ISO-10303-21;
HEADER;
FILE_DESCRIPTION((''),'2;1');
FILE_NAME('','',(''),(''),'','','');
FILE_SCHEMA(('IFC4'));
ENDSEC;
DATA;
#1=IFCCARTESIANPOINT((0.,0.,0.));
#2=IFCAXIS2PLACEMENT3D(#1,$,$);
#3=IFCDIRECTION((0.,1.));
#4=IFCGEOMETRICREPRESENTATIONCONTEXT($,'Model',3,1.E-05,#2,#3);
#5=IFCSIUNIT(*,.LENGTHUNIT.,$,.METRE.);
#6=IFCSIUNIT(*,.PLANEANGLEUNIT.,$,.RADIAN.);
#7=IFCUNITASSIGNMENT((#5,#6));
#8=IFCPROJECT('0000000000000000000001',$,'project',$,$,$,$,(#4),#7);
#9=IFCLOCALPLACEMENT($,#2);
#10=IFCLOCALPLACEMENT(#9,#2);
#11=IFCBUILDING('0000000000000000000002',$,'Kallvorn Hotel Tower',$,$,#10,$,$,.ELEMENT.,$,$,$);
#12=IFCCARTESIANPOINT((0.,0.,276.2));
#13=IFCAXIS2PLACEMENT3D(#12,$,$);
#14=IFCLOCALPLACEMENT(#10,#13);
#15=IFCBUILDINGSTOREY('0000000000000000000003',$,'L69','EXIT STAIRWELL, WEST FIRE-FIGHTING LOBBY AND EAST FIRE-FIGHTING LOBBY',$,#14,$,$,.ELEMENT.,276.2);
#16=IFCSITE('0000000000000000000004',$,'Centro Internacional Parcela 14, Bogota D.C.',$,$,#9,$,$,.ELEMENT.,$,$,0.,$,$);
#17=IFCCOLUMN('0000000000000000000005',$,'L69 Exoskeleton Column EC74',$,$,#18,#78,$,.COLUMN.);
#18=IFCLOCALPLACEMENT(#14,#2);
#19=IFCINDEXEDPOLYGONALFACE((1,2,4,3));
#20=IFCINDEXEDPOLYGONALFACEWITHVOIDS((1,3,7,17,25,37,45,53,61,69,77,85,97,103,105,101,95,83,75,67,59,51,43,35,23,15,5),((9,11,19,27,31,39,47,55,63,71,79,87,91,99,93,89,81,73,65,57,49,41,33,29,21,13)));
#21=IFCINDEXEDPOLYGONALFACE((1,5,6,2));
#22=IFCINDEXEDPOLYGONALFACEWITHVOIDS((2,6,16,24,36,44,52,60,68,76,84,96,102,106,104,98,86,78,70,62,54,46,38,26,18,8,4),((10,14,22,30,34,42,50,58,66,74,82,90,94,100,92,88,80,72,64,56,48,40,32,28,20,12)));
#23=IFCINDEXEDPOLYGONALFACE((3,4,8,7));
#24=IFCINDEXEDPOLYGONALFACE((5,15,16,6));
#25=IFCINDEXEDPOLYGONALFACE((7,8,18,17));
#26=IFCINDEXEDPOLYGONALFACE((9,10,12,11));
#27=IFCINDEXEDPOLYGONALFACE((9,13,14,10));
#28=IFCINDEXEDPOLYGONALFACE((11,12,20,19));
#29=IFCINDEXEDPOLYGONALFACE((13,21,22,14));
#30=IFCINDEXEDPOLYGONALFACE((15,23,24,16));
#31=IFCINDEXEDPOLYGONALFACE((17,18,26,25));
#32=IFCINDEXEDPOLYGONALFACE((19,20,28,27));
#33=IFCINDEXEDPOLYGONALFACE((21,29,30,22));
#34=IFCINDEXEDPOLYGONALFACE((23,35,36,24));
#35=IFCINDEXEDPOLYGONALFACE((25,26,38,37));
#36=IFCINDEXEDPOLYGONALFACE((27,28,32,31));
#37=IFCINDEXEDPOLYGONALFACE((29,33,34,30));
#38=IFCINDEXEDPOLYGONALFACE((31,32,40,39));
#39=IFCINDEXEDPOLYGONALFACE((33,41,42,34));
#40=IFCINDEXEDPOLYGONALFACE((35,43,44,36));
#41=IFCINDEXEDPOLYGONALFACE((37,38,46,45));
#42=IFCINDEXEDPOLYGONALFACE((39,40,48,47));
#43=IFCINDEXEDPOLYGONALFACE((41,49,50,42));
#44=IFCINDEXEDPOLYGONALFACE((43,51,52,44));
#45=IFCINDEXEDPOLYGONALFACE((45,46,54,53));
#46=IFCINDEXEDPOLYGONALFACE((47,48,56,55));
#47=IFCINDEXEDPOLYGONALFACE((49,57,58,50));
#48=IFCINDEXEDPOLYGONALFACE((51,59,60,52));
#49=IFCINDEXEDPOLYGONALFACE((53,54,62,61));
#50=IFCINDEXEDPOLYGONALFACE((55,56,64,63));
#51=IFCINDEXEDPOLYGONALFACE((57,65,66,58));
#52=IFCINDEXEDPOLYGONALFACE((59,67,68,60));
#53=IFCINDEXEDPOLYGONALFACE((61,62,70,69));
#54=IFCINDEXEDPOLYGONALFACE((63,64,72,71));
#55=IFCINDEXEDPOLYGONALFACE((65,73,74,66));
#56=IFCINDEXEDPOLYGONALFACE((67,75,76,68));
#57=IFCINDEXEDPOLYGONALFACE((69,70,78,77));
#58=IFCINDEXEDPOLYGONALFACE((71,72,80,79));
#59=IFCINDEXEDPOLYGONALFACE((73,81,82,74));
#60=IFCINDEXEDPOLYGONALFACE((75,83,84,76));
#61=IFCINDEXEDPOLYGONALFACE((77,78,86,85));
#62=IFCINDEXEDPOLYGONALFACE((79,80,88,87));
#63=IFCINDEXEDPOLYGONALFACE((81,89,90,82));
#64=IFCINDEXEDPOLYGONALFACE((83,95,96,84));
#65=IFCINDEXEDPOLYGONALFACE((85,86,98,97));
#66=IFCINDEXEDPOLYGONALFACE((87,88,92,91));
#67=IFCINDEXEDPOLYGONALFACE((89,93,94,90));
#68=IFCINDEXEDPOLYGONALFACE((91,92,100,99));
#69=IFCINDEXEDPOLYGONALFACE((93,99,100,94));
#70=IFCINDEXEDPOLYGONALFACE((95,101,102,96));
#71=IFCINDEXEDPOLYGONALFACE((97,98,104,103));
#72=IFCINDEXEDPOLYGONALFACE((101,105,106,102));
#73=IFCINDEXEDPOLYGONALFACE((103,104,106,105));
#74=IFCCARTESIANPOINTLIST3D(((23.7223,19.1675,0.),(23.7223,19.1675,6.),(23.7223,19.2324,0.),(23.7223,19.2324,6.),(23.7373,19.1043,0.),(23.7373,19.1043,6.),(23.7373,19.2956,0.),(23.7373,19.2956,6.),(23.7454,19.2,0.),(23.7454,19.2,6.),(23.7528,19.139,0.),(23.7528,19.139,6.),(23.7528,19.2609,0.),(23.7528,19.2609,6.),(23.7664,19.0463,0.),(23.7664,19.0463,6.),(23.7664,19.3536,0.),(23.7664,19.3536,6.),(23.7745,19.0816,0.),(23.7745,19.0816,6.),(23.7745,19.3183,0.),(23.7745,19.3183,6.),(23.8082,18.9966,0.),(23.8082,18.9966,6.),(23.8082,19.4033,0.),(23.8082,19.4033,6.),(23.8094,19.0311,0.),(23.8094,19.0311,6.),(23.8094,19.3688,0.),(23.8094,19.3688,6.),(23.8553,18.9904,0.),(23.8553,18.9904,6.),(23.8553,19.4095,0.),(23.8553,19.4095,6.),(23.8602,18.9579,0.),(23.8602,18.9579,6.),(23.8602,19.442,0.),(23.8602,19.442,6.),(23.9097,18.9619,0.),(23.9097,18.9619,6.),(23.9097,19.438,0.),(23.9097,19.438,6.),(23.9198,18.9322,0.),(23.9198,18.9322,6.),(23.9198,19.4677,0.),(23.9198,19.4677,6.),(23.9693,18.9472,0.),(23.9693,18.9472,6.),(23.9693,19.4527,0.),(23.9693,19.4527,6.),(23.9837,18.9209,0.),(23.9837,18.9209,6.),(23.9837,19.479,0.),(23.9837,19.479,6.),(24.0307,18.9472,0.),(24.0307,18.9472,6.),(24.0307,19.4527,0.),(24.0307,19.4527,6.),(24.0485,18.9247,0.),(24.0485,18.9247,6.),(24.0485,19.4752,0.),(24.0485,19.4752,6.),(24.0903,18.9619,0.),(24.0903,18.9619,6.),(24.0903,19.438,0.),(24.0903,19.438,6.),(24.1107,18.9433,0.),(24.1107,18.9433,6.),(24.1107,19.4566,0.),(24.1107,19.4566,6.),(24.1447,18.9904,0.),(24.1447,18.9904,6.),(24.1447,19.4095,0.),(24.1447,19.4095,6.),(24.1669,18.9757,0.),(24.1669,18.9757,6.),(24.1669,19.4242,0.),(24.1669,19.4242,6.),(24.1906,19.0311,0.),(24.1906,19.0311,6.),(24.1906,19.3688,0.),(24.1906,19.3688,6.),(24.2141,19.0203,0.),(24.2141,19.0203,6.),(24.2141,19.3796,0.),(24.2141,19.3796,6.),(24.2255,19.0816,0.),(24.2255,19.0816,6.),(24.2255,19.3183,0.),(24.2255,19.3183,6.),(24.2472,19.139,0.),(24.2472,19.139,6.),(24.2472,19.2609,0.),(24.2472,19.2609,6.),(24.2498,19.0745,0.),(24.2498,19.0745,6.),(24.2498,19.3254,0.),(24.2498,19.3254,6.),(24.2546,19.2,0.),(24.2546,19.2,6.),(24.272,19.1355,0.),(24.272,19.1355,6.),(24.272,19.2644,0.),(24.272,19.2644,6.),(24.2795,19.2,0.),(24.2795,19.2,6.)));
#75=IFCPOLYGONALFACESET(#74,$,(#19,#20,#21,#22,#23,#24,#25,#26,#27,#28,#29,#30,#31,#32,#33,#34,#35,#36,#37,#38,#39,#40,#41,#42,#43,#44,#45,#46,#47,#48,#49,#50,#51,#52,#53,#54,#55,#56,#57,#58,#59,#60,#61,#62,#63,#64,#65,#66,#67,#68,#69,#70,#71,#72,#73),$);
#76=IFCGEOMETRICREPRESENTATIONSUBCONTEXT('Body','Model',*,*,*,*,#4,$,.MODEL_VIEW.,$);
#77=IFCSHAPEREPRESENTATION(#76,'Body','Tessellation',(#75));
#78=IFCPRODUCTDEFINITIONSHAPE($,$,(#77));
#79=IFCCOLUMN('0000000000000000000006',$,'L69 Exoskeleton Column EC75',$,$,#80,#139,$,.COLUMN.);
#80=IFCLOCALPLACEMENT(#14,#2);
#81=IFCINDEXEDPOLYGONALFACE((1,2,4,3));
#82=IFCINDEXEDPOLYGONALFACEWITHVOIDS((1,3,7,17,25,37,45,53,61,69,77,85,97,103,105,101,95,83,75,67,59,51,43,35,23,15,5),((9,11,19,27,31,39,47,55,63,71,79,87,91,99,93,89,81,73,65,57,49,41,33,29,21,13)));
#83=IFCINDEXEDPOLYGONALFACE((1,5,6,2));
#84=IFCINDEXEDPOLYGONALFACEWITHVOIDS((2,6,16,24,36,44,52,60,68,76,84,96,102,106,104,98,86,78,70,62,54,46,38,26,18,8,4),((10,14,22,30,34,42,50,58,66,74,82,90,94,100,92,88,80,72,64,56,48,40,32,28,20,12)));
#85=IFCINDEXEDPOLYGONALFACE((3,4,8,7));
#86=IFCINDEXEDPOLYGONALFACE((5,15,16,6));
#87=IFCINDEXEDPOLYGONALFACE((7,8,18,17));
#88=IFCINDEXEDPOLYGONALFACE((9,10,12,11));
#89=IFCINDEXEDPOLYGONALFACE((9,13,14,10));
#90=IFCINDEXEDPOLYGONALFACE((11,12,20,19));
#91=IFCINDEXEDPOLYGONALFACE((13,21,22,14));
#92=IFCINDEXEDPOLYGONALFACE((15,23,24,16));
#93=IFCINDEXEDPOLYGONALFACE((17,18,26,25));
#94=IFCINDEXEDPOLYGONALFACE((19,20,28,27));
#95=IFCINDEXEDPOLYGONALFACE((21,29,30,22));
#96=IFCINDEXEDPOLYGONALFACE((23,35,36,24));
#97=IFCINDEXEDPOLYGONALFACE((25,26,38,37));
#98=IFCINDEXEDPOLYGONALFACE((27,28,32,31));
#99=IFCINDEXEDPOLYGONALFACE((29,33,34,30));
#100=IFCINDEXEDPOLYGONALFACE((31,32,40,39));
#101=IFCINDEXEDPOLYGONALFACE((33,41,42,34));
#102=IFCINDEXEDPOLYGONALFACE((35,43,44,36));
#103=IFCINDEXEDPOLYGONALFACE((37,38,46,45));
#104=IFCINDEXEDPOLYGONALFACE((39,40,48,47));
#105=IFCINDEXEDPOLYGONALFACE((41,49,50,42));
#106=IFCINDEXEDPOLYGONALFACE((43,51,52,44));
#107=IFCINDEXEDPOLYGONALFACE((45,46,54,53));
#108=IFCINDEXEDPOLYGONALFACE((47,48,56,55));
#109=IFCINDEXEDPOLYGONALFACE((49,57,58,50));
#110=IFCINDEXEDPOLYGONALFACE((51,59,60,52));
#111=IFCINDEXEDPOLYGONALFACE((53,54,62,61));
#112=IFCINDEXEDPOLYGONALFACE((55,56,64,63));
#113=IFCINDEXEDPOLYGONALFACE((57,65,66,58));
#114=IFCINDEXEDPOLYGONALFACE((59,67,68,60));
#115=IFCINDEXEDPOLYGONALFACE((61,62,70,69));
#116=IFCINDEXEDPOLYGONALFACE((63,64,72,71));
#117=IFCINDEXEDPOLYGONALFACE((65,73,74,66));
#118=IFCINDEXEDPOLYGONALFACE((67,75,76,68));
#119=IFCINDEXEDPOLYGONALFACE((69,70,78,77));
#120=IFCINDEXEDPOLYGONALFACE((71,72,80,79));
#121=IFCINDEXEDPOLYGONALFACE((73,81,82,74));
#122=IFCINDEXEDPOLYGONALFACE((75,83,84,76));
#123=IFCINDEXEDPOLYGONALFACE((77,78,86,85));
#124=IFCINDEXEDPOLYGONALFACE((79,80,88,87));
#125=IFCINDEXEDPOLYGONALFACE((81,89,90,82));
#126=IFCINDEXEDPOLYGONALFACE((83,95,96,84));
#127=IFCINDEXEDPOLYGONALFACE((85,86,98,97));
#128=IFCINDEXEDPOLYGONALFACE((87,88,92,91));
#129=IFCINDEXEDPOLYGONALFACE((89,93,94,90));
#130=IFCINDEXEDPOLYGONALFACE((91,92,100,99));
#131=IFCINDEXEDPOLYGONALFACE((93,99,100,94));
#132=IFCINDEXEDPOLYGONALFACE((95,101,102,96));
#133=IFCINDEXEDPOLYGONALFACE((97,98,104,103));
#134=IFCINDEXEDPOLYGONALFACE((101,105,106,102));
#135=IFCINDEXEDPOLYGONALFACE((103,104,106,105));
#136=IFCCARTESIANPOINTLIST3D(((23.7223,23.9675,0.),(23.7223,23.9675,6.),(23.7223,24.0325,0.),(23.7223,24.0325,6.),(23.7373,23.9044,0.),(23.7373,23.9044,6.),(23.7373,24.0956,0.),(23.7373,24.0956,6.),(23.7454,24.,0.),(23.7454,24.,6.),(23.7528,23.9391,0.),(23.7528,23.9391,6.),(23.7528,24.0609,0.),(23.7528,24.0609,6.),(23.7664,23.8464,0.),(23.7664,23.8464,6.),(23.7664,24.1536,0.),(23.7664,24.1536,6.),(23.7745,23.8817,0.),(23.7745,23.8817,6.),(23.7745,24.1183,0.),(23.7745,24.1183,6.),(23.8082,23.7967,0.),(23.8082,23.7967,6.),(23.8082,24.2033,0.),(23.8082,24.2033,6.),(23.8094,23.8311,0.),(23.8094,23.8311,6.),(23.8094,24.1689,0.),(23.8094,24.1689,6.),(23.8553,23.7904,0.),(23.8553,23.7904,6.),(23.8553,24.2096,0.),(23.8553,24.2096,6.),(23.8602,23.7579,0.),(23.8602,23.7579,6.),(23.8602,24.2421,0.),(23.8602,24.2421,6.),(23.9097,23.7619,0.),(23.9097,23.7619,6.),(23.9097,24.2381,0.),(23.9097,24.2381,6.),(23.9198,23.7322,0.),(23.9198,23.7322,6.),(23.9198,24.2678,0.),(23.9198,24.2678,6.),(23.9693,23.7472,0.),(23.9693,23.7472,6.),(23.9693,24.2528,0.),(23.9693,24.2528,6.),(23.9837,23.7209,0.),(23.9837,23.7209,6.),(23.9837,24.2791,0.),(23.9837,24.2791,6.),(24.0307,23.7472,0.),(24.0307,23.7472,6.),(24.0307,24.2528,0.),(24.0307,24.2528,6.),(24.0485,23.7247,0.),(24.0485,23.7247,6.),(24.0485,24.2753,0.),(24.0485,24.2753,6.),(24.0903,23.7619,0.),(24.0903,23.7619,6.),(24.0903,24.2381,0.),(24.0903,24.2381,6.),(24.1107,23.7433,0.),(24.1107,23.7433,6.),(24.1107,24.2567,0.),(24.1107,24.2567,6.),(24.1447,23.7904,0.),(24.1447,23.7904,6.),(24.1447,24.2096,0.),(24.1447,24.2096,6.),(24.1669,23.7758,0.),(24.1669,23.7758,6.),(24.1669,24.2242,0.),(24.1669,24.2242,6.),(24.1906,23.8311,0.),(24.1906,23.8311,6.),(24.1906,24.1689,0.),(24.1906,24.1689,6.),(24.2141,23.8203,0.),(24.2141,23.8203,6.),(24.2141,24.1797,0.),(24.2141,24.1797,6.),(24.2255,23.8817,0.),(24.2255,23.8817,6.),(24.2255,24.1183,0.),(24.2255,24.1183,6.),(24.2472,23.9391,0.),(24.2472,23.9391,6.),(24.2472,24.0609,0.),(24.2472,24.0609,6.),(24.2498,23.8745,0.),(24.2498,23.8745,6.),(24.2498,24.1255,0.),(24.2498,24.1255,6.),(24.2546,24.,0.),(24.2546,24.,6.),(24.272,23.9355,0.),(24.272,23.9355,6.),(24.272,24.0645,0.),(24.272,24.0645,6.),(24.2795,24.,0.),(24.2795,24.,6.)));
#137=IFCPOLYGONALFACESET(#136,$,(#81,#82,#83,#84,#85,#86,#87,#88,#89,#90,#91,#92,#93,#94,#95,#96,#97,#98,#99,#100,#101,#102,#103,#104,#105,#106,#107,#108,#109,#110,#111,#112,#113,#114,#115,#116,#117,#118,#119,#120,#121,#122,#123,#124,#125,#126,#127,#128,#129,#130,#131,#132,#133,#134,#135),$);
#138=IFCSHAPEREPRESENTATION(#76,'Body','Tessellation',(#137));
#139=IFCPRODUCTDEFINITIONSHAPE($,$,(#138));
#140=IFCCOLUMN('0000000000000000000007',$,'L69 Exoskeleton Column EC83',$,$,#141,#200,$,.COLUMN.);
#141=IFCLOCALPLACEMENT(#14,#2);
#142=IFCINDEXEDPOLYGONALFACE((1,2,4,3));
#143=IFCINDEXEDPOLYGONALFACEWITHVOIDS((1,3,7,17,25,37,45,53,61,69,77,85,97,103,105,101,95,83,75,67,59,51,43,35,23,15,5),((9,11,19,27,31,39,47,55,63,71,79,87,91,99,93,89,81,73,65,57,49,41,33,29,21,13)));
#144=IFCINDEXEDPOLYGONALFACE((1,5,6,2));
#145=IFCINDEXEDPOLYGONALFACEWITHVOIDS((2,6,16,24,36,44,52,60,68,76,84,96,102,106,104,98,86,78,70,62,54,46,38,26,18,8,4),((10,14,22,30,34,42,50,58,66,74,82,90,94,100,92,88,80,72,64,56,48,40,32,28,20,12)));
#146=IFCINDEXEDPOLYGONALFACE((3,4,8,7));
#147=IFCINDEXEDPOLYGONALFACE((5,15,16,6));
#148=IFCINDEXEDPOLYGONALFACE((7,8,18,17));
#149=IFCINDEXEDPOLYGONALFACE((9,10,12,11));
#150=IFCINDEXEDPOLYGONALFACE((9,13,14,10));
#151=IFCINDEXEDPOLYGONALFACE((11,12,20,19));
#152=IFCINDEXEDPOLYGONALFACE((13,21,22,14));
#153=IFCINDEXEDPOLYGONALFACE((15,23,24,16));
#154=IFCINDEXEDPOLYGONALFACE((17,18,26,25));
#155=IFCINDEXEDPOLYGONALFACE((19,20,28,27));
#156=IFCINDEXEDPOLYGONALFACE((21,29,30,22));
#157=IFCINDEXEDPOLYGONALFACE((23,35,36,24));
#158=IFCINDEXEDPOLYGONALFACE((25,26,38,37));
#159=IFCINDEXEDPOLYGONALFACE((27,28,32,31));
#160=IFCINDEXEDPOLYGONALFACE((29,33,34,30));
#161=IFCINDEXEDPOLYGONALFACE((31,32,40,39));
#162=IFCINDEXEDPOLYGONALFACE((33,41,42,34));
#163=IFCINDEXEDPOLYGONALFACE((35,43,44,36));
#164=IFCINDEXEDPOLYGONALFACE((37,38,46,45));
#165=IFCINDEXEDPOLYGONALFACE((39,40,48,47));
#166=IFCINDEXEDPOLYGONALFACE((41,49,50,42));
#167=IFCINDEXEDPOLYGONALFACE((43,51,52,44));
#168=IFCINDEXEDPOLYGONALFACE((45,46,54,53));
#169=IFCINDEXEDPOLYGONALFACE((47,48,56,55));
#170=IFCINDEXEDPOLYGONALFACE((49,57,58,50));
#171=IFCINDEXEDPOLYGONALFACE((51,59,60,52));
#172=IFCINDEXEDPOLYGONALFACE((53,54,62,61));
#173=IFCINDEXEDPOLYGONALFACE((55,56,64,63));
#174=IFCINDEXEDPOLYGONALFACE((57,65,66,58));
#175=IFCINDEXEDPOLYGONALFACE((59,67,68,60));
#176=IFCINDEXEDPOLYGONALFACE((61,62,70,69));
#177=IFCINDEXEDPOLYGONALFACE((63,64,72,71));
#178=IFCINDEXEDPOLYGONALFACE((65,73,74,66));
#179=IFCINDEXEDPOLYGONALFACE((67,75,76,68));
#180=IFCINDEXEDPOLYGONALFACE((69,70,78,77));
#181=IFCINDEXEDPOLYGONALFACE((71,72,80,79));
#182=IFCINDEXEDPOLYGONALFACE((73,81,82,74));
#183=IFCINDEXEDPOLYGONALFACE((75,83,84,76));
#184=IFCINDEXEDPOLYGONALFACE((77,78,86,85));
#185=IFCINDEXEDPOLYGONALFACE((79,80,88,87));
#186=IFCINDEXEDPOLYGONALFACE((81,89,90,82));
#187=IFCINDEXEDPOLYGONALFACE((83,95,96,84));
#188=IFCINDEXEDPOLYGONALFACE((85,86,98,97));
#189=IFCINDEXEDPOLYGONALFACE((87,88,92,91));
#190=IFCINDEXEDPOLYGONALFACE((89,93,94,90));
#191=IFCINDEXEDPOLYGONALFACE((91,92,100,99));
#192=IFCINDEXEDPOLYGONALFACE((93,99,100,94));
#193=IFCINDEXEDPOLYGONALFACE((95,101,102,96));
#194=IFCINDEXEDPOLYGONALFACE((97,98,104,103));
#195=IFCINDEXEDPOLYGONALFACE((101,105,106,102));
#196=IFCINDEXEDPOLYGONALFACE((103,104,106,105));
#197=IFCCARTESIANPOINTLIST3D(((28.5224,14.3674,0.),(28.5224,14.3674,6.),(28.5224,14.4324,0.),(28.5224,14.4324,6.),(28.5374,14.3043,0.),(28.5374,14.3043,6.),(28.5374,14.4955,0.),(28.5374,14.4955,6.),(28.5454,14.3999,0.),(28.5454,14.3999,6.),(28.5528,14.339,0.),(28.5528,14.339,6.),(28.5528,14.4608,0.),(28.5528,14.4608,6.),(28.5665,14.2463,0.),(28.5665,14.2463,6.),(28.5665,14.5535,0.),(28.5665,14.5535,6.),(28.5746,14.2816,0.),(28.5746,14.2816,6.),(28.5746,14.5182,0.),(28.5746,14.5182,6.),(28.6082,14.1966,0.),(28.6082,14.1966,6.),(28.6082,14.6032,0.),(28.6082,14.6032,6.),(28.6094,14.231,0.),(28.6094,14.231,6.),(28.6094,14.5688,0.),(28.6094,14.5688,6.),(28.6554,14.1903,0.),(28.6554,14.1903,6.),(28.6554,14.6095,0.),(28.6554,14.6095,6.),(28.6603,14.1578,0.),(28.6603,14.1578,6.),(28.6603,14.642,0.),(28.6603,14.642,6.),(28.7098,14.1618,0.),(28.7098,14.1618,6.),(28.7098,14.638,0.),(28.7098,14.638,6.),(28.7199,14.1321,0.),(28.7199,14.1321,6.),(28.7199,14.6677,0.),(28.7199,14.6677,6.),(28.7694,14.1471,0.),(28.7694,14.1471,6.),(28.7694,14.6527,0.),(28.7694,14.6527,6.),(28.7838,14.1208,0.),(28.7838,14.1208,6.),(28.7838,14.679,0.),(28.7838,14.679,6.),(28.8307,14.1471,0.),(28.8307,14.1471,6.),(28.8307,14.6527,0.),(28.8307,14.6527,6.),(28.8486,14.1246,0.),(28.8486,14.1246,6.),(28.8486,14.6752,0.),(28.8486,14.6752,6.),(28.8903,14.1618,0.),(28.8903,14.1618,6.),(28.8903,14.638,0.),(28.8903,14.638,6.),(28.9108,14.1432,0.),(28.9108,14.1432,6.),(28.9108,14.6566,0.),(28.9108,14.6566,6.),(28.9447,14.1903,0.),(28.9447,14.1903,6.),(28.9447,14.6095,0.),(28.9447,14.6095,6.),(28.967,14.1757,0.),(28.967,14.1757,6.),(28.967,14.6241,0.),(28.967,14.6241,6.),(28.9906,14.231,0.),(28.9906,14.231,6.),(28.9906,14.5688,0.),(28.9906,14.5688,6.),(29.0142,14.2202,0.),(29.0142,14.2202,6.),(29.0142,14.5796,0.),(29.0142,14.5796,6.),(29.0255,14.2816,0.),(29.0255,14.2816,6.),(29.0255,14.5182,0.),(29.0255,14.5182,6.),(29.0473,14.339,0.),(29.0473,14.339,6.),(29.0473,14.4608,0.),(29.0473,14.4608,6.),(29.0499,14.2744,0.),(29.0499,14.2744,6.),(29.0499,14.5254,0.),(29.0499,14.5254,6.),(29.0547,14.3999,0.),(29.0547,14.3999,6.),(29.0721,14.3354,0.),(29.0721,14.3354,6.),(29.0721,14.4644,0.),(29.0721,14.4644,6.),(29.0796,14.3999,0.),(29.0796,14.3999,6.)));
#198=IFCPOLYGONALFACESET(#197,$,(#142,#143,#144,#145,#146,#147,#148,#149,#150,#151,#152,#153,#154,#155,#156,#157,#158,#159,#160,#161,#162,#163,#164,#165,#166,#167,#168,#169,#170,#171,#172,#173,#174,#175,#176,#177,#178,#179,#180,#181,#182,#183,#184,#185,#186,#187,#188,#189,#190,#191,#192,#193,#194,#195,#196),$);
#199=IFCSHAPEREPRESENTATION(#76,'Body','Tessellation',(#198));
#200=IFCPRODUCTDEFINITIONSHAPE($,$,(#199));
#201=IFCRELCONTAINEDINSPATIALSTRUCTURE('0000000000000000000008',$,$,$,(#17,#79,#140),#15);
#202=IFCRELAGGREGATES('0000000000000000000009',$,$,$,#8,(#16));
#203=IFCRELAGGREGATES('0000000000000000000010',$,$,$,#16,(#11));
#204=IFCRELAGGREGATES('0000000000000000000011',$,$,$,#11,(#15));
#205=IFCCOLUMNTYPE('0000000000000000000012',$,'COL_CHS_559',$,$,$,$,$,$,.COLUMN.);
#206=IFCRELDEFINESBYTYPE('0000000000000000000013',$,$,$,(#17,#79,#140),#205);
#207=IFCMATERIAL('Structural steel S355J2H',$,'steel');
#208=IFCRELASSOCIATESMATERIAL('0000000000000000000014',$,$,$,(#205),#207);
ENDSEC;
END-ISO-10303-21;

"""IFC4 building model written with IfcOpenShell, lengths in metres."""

from ifc_helpers import new_model, si_unit, direction, frame, origin, origin_2d, place, context, subcontext, project, spatial, hollow_circle, extrude, material, material_profile, profile_set, type_object, element, save


model = new_model("IFC4")

# Units and contexts
model_context = context("Model", 3, precision=1e-05, world=origin(), true_north=direction((0.0, 1.0)))
body_context = subcontext(model_context, "Body", "Model", "MODEL_VIEW")
ifc_project = project(units=[si_unit("LENGTHUNIT", "METRE"), si_unit("PLANEANGLEUNIT", "RADIAN")], contexts=[model_context])

# Site, building, storey
site_placement = place(None, origin())
site = spatial("IfcSite", under=ifc_project, at=site_placement, Name="Centro Internacional Parcela 14, Bogota D.C.", CompositionType="ELEMENT", RefElevation=0.0)
building_placement = place(site_placement, origin())
building = spatial("IfcBuilding", under=site, at=building_placement, Name="Kallvorn Hotel Tower", CompositionType="ELEMENT")
storey_placement = place(building_placement, frame((0.0, 0.0, 276.2)))
storey = spatial("IfcBuildingStorey", under=building, at=storey_placement, Name="L69", Description="EXIT STAIRWELL, WEST FIRE-FIGHTING LOBBY AND EAST FIRE-FIGHTING LOBBY", CompositionType="ELEMENT", Elevation=276.2)

# Columns
ifc_material_1 = material(Name="Structural steel S355J2H", Category="steel")
ifc_material_profile_1 = material_profile(ifc_material_1, hollow_circle(Radius=0.2795, WallThickness=0.0249, at=origin_2d()), Name="CHS 559x25")
ifc_profile_set_1 = profile_set([ifc_material_profile_1], Name="Structural steel S355J2H")
column_type_1 = type_object("IfcColumnType", Name="COL_CHS_559", PredefinedType="COLUMN", material=ifc_profile_set_1)
for number, where, z_axis, x_axis, name in (
    (1, (24.0, 19.2, 0.0), (0.0, 0.0, 1.0), (1.0, 0.0, 0.0), "L69 Exoskeleton Column EC74"),
    (2, (24.0, 24.0, 0.0), (0.0, 0.0, 1.0), (1.0, 0.0, 0.0), "L69 Exoskeleton Column EC75"),
    (3, (28.8, 14.3999, 0.0), (0.0, 0.0, 1.0), (1.0, 0.0, 0.0), "L69 Exoskeleton Column EC83"),
):
    element("IfcColumn", number, at=place(storey_placement, frame(where, z_axis=z_axis, x_axis=x_axis)), inside=storey, type_object=column_type_1, Name=name, PredefinedType="COLUMN", context=body_context, shape_type="SweptSolid", body=[
        extrude(hollow_circle(Radius=0.2795, WallThickness=0.0249, at=origin_2d()), origin(), (0.0, 0.0, 1.0), 6.0),
    ])

save(model, "model.ifc")
